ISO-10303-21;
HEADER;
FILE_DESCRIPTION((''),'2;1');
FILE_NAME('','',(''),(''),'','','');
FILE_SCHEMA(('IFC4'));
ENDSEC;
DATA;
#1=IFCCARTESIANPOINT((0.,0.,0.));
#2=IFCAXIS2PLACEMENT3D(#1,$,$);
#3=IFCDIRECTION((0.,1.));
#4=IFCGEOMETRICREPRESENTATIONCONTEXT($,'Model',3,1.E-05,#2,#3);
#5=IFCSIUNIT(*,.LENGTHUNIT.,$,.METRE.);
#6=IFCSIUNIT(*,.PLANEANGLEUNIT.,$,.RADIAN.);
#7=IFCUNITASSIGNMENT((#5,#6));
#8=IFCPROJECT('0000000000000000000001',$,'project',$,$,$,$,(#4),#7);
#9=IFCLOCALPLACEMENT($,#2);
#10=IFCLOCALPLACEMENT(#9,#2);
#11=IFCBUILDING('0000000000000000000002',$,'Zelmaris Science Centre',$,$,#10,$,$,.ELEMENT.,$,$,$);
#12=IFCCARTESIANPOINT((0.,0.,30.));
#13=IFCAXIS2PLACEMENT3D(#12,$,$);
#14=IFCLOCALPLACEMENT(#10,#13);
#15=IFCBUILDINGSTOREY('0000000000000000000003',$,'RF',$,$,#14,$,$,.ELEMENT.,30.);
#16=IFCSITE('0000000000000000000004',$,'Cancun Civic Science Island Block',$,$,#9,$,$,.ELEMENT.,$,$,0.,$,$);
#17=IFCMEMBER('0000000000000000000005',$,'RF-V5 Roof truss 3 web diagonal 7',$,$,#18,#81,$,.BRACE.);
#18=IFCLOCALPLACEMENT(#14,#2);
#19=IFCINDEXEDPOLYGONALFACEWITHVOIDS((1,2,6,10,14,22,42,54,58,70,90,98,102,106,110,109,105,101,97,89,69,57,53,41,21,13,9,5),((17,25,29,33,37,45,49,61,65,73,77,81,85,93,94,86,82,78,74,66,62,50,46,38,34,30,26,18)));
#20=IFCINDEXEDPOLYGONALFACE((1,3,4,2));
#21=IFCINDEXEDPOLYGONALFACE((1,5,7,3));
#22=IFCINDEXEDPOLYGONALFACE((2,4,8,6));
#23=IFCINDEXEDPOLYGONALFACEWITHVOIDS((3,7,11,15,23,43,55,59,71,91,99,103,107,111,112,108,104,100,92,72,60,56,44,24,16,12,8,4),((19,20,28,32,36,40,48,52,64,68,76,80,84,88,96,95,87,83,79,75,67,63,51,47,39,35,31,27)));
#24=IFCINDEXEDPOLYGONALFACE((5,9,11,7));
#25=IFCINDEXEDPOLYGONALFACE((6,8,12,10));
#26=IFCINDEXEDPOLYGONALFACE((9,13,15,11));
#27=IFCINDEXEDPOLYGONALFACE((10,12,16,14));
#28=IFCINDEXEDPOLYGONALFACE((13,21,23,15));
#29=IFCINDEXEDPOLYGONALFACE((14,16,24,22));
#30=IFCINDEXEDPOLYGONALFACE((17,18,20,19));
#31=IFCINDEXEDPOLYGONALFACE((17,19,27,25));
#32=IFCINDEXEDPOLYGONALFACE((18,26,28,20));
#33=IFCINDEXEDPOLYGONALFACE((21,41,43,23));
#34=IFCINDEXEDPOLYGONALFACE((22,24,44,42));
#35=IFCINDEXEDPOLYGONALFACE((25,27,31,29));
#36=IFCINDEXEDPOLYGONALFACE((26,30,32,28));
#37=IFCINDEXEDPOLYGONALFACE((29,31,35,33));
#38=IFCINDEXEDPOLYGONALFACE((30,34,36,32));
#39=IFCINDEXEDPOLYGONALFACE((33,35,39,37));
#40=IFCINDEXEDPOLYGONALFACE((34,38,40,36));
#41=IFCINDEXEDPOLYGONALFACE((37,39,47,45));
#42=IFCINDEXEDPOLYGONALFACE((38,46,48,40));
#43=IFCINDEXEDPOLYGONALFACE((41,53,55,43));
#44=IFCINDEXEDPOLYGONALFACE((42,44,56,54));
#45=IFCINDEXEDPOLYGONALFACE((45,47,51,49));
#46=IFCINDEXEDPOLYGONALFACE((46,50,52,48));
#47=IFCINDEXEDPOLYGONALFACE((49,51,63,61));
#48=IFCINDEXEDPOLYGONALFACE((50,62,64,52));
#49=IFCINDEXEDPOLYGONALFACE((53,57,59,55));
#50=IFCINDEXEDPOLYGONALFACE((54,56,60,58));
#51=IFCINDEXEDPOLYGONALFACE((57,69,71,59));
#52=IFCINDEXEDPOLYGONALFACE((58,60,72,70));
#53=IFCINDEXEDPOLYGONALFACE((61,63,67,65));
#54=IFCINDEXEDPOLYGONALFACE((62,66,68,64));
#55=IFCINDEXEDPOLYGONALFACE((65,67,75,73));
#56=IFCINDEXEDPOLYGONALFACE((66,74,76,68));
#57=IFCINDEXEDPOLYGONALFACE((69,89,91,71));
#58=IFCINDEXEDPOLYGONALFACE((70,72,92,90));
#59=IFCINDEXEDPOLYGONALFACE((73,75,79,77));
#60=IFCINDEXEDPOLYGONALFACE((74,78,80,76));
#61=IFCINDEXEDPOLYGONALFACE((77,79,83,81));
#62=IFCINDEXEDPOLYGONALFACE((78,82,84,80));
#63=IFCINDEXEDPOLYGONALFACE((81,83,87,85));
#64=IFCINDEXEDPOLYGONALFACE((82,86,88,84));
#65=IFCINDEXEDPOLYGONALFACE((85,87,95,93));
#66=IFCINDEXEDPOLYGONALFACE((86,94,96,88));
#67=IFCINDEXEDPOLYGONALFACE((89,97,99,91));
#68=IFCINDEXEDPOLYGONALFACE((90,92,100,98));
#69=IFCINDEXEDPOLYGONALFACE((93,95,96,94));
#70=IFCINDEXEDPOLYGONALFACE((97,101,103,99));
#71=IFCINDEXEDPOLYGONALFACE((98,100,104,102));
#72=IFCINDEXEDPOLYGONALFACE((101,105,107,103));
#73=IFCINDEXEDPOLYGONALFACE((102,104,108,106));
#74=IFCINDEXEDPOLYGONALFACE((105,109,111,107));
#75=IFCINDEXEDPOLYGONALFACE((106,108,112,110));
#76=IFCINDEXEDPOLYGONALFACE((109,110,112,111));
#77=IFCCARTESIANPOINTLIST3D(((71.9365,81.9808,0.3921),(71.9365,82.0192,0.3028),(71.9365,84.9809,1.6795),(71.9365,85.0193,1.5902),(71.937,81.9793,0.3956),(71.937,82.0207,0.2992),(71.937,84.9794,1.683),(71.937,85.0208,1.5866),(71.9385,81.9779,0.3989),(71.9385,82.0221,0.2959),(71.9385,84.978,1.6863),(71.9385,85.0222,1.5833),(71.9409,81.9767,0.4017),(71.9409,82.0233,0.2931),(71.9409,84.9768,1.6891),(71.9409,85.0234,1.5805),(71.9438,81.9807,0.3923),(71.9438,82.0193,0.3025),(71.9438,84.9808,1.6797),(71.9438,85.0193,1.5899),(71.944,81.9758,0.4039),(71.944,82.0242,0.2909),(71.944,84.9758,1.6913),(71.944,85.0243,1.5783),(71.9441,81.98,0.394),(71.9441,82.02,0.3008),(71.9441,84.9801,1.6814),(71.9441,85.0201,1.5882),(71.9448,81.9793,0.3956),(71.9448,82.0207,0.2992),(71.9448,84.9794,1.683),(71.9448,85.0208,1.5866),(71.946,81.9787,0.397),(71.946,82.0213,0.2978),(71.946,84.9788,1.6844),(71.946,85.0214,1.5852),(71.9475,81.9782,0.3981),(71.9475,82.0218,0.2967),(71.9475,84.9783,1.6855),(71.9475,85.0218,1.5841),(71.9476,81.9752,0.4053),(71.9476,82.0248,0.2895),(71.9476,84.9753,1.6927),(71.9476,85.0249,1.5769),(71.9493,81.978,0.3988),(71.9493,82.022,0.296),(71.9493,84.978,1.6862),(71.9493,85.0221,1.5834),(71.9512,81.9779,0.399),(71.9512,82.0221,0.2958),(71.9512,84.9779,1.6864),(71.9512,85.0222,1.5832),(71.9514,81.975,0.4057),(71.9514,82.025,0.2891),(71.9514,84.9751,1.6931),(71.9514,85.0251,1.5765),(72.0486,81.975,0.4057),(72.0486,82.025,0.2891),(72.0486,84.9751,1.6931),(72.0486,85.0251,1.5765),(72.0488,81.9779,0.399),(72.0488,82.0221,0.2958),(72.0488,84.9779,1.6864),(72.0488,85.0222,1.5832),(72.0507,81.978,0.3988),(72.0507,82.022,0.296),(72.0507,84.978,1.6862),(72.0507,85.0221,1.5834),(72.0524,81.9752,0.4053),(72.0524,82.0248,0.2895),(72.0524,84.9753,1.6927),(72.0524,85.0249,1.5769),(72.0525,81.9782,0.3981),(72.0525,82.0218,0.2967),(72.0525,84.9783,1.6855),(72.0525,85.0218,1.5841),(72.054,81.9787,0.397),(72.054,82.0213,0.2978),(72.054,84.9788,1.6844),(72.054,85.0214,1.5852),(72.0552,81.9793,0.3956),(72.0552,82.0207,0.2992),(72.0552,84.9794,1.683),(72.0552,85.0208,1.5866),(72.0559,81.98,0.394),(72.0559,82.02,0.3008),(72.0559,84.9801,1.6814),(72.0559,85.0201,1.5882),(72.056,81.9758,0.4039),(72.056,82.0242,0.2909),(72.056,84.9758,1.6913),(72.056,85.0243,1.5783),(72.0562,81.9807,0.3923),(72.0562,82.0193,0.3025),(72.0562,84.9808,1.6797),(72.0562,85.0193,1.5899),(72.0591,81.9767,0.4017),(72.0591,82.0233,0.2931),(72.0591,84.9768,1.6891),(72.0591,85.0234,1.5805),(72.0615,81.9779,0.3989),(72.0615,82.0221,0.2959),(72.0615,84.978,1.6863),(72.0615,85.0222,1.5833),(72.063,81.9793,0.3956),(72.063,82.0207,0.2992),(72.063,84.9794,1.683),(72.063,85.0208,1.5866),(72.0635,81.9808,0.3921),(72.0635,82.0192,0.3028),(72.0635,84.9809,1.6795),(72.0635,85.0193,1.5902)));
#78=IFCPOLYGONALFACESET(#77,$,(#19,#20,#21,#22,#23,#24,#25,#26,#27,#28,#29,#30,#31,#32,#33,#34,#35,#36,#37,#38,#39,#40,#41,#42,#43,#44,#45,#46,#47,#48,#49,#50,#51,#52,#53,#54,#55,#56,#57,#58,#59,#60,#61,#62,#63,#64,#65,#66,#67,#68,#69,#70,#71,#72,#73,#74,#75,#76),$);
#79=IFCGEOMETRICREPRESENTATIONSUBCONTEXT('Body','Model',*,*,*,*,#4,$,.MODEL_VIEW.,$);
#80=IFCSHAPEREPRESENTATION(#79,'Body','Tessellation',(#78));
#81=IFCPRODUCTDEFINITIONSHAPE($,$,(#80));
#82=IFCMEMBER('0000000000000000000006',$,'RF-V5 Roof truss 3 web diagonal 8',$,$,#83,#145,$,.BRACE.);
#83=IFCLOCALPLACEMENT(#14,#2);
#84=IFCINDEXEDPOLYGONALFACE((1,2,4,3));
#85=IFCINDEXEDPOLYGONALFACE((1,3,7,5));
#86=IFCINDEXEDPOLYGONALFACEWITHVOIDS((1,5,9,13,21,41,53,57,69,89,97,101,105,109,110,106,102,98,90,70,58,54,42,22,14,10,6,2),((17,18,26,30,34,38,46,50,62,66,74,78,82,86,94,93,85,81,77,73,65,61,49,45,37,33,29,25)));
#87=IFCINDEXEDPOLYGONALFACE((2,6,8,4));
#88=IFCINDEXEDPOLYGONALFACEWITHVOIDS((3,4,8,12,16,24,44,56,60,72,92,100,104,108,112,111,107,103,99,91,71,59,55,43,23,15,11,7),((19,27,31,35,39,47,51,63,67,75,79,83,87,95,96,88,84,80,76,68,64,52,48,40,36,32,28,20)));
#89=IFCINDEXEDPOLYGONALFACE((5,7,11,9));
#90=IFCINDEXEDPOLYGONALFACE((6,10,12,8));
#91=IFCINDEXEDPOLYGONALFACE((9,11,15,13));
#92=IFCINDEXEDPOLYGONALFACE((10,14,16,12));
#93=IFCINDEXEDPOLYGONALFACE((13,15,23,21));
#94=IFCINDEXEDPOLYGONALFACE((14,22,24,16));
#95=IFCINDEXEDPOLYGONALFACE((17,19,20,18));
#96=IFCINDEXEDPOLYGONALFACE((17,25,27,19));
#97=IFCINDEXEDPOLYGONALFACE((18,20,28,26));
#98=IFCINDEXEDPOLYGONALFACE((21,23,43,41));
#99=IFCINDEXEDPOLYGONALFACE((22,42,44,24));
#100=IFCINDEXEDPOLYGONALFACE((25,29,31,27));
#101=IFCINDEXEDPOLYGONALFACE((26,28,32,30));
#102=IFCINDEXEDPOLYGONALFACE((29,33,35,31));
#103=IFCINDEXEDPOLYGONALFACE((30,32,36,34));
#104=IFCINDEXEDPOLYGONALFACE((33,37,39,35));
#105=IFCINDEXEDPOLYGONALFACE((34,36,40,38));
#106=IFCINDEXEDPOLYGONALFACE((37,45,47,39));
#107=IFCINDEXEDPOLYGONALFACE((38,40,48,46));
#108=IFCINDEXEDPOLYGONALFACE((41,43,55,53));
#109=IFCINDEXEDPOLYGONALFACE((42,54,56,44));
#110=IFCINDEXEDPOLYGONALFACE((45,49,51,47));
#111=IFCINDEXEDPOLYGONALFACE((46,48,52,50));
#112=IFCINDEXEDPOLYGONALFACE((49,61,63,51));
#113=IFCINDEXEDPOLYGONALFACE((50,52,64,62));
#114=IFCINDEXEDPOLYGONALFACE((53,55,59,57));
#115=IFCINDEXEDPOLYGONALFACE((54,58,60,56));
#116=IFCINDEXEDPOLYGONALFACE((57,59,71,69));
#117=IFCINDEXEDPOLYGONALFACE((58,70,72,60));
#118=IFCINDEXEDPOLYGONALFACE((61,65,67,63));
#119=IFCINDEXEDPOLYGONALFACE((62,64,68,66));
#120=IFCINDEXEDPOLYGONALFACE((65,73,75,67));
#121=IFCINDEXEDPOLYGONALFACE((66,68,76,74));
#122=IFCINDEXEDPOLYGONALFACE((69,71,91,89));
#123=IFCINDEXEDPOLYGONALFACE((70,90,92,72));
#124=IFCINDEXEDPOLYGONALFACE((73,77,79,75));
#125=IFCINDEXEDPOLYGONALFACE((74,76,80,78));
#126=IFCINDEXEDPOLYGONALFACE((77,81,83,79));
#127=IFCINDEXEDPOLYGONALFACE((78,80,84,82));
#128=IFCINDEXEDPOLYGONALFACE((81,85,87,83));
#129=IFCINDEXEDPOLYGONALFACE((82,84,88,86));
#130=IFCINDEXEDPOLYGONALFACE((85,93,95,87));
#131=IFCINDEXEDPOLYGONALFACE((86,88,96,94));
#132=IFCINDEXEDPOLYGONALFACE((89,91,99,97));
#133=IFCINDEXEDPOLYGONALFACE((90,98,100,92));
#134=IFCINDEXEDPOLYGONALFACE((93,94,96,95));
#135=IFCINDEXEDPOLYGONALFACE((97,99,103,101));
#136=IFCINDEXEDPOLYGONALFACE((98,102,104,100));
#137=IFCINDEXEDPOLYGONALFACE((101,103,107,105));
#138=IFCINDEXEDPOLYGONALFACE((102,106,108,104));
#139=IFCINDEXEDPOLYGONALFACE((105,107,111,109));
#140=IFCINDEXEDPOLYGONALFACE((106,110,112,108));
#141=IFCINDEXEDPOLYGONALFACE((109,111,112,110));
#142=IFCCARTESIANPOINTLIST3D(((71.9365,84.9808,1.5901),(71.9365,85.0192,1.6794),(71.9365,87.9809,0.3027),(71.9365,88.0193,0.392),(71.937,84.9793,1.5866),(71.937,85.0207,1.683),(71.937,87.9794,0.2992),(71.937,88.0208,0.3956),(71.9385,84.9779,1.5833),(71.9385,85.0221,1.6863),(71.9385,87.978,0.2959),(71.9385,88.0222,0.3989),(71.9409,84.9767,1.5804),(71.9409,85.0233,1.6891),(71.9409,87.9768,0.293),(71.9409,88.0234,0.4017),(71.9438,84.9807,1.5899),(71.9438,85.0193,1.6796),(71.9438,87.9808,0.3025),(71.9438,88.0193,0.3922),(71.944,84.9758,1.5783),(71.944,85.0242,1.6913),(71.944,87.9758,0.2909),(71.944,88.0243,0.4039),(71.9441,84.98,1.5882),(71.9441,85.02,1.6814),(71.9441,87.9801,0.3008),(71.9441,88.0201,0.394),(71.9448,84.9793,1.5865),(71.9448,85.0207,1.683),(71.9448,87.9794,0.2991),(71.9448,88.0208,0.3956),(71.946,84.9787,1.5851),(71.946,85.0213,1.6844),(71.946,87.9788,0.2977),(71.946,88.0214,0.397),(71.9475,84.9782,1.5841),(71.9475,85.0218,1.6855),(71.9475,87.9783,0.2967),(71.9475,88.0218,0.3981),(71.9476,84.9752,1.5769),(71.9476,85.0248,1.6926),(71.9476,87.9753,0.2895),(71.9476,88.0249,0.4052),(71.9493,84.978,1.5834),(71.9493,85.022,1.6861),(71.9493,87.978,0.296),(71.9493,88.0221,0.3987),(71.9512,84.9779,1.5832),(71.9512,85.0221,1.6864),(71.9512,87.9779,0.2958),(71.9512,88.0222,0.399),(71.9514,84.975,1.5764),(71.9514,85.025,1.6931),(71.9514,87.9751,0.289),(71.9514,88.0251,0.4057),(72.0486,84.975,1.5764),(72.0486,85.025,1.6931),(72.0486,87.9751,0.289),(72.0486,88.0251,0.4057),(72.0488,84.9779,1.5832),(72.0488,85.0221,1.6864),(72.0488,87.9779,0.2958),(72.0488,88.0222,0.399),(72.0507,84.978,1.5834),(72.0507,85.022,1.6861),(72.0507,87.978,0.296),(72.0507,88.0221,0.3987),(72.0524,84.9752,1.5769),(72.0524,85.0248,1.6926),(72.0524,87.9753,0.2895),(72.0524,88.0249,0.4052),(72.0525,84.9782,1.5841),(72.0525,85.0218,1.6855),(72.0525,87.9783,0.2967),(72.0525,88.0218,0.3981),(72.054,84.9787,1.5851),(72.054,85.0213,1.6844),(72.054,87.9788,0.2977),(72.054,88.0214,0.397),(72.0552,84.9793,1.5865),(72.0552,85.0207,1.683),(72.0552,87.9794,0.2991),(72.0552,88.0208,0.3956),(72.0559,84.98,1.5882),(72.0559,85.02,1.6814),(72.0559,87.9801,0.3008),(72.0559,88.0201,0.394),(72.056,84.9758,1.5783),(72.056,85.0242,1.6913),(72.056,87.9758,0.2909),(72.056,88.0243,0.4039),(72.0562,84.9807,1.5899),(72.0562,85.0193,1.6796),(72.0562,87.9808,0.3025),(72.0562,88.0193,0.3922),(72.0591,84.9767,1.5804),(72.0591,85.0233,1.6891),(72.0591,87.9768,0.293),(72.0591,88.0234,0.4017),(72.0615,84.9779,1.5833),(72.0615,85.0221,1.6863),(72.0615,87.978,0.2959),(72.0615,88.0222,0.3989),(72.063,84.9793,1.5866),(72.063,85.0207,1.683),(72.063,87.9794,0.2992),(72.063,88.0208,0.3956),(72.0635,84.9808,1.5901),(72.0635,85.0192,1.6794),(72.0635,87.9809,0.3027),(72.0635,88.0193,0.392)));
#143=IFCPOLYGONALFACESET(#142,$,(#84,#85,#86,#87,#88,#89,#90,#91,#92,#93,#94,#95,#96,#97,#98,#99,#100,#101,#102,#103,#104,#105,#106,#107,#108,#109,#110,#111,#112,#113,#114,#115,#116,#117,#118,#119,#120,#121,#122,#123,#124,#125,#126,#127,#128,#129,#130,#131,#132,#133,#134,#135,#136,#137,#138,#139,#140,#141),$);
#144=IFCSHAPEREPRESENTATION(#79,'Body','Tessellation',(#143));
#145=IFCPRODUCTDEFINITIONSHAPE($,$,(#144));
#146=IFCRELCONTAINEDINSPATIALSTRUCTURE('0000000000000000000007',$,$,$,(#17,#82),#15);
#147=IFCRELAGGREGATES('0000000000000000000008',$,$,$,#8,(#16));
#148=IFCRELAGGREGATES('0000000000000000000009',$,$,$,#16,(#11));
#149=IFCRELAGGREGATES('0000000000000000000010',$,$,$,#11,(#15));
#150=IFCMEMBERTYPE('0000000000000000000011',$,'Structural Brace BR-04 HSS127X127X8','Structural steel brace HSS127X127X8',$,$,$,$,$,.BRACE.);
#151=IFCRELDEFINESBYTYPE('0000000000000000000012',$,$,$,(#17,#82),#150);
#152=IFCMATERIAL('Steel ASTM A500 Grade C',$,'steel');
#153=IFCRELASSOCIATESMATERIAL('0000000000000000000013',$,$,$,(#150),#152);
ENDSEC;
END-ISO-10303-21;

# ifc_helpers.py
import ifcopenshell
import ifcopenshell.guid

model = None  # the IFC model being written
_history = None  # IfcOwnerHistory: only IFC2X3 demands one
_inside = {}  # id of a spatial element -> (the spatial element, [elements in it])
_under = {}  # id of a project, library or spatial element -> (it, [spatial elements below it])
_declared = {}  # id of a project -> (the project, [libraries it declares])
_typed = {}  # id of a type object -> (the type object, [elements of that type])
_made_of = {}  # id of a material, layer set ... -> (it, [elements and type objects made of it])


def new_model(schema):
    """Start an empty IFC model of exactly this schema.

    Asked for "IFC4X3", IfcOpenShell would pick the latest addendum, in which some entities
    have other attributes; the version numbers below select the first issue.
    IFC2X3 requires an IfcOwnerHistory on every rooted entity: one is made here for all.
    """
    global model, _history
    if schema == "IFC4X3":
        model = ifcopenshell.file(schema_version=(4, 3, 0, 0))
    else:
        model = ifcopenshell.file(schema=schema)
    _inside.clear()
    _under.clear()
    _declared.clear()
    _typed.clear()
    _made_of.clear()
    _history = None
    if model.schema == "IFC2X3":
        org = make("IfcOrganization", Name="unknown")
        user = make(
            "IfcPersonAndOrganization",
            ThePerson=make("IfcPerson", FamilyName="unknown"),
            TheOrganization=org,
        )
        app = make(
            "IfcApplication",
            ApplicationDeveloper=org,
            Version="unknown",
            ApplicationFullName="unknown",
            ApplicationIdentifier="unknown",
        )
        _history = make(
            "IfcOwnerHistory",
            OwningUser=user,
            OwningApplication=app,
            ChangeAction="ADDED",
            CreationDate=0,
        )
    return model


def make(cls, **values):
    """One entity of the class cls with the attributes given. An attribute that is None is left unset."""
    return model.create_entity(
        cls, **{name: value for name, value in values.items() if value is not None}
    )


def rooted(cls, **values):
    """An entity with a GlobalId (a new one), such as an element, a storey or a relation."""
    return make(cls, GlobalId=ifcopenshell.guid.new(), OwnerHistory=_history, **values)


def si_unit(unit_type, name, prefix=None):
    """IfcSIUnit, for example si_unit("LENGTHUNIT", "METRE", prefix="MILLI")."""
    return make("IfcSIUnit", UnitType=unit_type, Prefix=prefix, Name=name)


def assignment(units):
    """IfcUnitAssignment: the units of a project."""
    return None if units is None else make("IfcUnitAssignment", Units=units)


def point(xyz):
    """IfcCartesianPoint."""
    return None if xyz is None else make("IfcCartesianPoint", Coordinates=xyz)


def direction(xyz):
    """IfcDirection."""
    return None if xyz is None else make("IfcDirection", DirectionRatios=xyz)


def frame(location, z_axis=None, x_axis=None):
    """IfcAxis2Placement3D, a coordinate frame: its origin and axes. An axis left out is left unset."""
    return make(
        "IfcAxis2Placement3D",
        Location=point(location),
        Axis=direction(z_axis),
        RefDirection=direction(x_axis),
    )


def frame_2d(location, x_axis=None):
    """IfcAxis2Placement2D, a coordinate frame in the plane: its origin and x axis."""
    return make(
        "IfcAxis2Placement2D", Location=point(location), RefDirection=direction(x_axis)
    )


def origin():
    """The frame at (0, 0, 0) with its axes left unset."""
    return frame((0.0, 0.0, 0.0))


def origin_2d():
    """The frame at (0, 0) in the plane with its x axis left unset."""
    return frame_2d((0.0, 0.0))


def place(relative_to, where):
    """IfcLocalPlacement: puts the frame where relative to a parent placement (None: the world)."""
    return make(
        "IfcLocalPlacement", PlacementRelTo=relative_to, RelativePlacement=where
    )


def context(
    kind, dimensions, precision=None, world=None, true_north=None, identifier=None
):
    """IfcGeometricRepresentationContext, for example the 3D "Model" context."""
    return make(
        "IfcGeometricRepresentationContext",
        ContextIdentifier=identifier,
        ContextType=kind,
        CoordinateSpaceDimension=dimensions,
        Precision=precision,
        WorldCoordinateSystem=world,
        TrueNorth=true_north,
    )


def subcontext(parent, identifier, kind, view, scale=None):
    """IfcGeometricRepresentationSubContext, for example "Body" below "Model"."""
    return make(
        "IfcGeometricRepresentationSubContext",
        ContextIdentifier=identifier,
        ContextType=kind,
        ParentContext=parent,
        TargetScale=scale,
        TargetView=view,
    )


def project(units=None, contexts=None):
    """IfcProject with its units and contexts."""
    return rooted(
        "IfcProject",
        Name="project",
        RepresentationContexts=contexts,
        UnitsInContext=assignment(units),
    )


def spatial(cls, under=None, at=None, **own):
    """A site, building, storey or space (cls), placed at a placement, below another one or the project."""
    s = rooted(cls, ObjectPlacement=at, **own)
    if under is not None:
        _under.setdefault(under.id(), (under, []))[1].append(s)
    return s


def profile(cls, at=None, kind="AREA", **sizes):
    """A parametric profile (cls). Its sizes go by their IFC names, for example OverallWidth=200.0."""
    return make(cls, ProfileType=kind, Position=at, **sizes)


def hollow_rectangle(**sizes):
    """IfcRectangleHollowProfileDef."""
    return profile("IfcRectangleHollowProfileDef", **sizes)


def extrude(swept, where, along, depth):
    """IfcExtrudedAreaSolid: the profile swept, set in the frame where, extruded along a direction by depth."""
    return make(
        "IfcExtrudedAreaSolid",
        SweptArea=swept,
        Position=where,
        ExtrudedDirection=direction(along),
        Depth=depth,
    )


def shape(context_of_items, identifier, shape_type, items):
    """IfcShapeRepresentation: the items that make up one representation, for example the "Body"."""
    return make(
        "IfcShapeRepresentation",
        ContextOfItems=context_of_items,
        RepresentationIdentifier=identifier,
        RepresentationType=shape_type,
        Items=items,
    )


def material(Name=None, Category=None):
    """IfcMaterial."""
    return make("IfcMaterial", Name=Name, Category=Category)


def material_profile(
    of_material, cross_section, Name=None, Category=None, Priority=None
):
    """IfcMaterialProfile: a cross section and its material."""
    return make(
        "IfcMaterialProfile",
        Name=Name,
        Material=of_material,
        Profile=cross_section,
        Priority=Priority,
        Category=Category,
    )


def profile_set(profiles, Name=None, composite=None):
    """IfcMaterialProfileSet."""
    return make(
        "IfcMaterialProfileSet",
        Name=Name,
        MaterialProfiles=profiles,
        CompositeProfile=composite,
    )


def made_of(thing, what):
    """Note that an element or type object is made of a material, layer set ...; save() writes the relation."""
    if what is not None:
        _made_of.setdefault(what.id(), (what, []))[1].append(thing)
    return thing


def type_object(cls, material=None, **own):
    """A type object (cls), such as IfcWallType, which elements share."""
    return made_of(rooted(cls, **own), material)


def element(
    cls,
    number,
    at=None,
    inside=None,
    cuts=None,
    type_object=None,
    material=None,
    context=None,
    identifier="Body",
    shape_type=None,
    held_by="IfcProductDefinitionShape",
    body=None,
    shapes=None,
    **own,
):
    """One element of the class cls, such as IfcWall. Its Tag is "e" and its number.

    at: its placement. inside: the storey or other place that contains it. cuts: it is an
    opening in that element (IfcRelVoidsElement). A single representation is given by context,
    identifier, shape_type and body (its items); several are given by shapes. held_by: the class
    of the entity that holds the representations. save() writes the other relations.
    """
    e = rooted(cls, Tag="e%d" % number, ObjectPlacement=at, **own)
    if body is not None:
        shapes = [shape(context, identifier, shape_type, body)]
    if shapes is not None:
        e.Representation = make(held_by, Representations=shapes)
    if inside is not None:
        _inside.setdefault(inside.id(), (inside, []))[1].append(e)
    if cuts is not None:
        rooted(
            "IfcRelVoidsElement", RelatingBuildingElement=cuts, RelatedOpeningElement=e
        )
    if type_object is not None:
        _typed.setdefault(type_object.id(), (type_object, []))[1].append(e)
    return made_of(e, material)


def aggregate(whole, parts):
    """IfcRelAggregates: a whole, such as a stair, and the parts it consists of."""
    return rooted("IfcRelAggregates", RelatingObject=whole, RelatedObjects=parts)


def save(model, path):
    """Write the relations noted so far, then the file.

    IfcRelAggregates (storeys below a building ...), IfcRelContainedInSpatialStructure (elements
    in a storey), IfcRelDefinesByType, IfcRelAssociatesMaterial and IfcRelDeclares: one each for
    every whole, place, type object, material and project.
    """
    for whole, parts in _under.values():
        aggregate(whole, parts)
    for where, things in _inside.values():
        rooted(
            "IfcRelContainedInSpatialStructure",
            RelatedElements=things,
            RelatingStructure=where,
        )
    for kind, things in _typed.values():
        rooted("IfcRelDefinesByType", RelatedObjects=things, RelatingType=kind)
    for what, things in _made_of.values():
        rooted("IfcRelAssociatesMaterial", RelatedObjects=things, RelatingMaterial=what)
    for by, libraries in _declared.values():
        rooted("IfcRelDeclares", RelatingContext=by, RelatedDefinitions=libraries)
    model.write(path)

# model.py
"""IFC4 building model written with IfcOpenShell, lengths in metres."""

from ifc_helpers import new_model, si_unit, direction, frame, origin, origin_2d, place, context, subcontext, project, spatial, hollow_rectangle, extrude, material, material_profile, profile_set, type_object, element, save


model = new_model("IFC4")

# Units and contexts
model_context = context("Model", 3, precision=1e-05, world=origin(), true_north=direction((0.0, 1.0)))
body_context = subcontext(model_context, "Body", "Model", "MODEL_VIEW")
ifc_project = project(units=[si_unit("LENGTHUNIT", "METRE"), si_unit("PLANEANGLEUNIT", "RADIAN")], contexts=[model_context])

# Site, building, storey
site_placement = place(None, origin())
site = spatial("IfcSite", under=ifc_project, at=site_placement, Name="Cancun Civic Science Island Block", CompositionType="ELEMENT", RefElevation=0.0)
building_placement = place(site_placement, origin())
building = spatial("IfcBuilding", under=site, at=building_placement, Name="Zelmaris Science Centre", CompositionType="ELEMENT")
storey_placement = place(building_placement, frame((0.0, 0.0, 30.0)))
storey = spatial("IfcBuildingStorey", under=building, at=storey_placement, Name="RF", CompositionType="ELEMENT", Elevation=30.0)

# Shared definitions
ifc_material = material(Name="Steel ASTM A500 Grade C", Category="steel")

# Members
ifc_material_profile_1 = material_profile(ifc_material, hollow_rectangle(XDim=0.127, YDim=0.127, WallThickness=0.0073, InnerFilletRadius=0.0073, OuterFilletRadius=0.0149, at=origin_2d()), Name="HSS127X127X8")
ifc_profile_set_1 = profile_set([ifc_material_profile_1], Name="Steel ASTM A500 Grade C")
member_type_1 = type_object("IfcMemberType", Name="Structural Brace BR-04 HSS127X127X8", Description="Structural steel brace HSS127X127X8", PredefinedType="BRACE", material=ifc_profile_set_1)
for number, where, z_axis, x_axis, name in (
    (1, (72.0, 82.0, 0.3474), (0.0, 0.918963, 0.394343), (-1.0, 0.0, 0.0), "RF-V5 Roof truss 3 web diagonal 7"),
    (2, (72.0, 85.0, 1.6348), (0.0, 0.918963, -0.394343), (-1.0, 0.0, 0.0), "RF-V5 Roof truss 3 web diagonal 8"),
):
    element("IfcMember", number, at=place(storey_placement, frame(where, z_axis=z_axis, x_axis=x_axis)), inside=storey, type_object=member_type_1, Name=name, PredefinedType="BRACE", context=body_context, shape_type="SweptSolid", body=[
        extrude(hollow_rectangle(XDim=0.127, YDim=0.127, WallThickness=0.0073, InnerFilletRadius=0.0073, OuterFilletRadius=0.0149, at=origin_2d()), origin(), (0.0, 0.0, 1.0), 3.2646),
    ])

save(model, "model.ifc")
